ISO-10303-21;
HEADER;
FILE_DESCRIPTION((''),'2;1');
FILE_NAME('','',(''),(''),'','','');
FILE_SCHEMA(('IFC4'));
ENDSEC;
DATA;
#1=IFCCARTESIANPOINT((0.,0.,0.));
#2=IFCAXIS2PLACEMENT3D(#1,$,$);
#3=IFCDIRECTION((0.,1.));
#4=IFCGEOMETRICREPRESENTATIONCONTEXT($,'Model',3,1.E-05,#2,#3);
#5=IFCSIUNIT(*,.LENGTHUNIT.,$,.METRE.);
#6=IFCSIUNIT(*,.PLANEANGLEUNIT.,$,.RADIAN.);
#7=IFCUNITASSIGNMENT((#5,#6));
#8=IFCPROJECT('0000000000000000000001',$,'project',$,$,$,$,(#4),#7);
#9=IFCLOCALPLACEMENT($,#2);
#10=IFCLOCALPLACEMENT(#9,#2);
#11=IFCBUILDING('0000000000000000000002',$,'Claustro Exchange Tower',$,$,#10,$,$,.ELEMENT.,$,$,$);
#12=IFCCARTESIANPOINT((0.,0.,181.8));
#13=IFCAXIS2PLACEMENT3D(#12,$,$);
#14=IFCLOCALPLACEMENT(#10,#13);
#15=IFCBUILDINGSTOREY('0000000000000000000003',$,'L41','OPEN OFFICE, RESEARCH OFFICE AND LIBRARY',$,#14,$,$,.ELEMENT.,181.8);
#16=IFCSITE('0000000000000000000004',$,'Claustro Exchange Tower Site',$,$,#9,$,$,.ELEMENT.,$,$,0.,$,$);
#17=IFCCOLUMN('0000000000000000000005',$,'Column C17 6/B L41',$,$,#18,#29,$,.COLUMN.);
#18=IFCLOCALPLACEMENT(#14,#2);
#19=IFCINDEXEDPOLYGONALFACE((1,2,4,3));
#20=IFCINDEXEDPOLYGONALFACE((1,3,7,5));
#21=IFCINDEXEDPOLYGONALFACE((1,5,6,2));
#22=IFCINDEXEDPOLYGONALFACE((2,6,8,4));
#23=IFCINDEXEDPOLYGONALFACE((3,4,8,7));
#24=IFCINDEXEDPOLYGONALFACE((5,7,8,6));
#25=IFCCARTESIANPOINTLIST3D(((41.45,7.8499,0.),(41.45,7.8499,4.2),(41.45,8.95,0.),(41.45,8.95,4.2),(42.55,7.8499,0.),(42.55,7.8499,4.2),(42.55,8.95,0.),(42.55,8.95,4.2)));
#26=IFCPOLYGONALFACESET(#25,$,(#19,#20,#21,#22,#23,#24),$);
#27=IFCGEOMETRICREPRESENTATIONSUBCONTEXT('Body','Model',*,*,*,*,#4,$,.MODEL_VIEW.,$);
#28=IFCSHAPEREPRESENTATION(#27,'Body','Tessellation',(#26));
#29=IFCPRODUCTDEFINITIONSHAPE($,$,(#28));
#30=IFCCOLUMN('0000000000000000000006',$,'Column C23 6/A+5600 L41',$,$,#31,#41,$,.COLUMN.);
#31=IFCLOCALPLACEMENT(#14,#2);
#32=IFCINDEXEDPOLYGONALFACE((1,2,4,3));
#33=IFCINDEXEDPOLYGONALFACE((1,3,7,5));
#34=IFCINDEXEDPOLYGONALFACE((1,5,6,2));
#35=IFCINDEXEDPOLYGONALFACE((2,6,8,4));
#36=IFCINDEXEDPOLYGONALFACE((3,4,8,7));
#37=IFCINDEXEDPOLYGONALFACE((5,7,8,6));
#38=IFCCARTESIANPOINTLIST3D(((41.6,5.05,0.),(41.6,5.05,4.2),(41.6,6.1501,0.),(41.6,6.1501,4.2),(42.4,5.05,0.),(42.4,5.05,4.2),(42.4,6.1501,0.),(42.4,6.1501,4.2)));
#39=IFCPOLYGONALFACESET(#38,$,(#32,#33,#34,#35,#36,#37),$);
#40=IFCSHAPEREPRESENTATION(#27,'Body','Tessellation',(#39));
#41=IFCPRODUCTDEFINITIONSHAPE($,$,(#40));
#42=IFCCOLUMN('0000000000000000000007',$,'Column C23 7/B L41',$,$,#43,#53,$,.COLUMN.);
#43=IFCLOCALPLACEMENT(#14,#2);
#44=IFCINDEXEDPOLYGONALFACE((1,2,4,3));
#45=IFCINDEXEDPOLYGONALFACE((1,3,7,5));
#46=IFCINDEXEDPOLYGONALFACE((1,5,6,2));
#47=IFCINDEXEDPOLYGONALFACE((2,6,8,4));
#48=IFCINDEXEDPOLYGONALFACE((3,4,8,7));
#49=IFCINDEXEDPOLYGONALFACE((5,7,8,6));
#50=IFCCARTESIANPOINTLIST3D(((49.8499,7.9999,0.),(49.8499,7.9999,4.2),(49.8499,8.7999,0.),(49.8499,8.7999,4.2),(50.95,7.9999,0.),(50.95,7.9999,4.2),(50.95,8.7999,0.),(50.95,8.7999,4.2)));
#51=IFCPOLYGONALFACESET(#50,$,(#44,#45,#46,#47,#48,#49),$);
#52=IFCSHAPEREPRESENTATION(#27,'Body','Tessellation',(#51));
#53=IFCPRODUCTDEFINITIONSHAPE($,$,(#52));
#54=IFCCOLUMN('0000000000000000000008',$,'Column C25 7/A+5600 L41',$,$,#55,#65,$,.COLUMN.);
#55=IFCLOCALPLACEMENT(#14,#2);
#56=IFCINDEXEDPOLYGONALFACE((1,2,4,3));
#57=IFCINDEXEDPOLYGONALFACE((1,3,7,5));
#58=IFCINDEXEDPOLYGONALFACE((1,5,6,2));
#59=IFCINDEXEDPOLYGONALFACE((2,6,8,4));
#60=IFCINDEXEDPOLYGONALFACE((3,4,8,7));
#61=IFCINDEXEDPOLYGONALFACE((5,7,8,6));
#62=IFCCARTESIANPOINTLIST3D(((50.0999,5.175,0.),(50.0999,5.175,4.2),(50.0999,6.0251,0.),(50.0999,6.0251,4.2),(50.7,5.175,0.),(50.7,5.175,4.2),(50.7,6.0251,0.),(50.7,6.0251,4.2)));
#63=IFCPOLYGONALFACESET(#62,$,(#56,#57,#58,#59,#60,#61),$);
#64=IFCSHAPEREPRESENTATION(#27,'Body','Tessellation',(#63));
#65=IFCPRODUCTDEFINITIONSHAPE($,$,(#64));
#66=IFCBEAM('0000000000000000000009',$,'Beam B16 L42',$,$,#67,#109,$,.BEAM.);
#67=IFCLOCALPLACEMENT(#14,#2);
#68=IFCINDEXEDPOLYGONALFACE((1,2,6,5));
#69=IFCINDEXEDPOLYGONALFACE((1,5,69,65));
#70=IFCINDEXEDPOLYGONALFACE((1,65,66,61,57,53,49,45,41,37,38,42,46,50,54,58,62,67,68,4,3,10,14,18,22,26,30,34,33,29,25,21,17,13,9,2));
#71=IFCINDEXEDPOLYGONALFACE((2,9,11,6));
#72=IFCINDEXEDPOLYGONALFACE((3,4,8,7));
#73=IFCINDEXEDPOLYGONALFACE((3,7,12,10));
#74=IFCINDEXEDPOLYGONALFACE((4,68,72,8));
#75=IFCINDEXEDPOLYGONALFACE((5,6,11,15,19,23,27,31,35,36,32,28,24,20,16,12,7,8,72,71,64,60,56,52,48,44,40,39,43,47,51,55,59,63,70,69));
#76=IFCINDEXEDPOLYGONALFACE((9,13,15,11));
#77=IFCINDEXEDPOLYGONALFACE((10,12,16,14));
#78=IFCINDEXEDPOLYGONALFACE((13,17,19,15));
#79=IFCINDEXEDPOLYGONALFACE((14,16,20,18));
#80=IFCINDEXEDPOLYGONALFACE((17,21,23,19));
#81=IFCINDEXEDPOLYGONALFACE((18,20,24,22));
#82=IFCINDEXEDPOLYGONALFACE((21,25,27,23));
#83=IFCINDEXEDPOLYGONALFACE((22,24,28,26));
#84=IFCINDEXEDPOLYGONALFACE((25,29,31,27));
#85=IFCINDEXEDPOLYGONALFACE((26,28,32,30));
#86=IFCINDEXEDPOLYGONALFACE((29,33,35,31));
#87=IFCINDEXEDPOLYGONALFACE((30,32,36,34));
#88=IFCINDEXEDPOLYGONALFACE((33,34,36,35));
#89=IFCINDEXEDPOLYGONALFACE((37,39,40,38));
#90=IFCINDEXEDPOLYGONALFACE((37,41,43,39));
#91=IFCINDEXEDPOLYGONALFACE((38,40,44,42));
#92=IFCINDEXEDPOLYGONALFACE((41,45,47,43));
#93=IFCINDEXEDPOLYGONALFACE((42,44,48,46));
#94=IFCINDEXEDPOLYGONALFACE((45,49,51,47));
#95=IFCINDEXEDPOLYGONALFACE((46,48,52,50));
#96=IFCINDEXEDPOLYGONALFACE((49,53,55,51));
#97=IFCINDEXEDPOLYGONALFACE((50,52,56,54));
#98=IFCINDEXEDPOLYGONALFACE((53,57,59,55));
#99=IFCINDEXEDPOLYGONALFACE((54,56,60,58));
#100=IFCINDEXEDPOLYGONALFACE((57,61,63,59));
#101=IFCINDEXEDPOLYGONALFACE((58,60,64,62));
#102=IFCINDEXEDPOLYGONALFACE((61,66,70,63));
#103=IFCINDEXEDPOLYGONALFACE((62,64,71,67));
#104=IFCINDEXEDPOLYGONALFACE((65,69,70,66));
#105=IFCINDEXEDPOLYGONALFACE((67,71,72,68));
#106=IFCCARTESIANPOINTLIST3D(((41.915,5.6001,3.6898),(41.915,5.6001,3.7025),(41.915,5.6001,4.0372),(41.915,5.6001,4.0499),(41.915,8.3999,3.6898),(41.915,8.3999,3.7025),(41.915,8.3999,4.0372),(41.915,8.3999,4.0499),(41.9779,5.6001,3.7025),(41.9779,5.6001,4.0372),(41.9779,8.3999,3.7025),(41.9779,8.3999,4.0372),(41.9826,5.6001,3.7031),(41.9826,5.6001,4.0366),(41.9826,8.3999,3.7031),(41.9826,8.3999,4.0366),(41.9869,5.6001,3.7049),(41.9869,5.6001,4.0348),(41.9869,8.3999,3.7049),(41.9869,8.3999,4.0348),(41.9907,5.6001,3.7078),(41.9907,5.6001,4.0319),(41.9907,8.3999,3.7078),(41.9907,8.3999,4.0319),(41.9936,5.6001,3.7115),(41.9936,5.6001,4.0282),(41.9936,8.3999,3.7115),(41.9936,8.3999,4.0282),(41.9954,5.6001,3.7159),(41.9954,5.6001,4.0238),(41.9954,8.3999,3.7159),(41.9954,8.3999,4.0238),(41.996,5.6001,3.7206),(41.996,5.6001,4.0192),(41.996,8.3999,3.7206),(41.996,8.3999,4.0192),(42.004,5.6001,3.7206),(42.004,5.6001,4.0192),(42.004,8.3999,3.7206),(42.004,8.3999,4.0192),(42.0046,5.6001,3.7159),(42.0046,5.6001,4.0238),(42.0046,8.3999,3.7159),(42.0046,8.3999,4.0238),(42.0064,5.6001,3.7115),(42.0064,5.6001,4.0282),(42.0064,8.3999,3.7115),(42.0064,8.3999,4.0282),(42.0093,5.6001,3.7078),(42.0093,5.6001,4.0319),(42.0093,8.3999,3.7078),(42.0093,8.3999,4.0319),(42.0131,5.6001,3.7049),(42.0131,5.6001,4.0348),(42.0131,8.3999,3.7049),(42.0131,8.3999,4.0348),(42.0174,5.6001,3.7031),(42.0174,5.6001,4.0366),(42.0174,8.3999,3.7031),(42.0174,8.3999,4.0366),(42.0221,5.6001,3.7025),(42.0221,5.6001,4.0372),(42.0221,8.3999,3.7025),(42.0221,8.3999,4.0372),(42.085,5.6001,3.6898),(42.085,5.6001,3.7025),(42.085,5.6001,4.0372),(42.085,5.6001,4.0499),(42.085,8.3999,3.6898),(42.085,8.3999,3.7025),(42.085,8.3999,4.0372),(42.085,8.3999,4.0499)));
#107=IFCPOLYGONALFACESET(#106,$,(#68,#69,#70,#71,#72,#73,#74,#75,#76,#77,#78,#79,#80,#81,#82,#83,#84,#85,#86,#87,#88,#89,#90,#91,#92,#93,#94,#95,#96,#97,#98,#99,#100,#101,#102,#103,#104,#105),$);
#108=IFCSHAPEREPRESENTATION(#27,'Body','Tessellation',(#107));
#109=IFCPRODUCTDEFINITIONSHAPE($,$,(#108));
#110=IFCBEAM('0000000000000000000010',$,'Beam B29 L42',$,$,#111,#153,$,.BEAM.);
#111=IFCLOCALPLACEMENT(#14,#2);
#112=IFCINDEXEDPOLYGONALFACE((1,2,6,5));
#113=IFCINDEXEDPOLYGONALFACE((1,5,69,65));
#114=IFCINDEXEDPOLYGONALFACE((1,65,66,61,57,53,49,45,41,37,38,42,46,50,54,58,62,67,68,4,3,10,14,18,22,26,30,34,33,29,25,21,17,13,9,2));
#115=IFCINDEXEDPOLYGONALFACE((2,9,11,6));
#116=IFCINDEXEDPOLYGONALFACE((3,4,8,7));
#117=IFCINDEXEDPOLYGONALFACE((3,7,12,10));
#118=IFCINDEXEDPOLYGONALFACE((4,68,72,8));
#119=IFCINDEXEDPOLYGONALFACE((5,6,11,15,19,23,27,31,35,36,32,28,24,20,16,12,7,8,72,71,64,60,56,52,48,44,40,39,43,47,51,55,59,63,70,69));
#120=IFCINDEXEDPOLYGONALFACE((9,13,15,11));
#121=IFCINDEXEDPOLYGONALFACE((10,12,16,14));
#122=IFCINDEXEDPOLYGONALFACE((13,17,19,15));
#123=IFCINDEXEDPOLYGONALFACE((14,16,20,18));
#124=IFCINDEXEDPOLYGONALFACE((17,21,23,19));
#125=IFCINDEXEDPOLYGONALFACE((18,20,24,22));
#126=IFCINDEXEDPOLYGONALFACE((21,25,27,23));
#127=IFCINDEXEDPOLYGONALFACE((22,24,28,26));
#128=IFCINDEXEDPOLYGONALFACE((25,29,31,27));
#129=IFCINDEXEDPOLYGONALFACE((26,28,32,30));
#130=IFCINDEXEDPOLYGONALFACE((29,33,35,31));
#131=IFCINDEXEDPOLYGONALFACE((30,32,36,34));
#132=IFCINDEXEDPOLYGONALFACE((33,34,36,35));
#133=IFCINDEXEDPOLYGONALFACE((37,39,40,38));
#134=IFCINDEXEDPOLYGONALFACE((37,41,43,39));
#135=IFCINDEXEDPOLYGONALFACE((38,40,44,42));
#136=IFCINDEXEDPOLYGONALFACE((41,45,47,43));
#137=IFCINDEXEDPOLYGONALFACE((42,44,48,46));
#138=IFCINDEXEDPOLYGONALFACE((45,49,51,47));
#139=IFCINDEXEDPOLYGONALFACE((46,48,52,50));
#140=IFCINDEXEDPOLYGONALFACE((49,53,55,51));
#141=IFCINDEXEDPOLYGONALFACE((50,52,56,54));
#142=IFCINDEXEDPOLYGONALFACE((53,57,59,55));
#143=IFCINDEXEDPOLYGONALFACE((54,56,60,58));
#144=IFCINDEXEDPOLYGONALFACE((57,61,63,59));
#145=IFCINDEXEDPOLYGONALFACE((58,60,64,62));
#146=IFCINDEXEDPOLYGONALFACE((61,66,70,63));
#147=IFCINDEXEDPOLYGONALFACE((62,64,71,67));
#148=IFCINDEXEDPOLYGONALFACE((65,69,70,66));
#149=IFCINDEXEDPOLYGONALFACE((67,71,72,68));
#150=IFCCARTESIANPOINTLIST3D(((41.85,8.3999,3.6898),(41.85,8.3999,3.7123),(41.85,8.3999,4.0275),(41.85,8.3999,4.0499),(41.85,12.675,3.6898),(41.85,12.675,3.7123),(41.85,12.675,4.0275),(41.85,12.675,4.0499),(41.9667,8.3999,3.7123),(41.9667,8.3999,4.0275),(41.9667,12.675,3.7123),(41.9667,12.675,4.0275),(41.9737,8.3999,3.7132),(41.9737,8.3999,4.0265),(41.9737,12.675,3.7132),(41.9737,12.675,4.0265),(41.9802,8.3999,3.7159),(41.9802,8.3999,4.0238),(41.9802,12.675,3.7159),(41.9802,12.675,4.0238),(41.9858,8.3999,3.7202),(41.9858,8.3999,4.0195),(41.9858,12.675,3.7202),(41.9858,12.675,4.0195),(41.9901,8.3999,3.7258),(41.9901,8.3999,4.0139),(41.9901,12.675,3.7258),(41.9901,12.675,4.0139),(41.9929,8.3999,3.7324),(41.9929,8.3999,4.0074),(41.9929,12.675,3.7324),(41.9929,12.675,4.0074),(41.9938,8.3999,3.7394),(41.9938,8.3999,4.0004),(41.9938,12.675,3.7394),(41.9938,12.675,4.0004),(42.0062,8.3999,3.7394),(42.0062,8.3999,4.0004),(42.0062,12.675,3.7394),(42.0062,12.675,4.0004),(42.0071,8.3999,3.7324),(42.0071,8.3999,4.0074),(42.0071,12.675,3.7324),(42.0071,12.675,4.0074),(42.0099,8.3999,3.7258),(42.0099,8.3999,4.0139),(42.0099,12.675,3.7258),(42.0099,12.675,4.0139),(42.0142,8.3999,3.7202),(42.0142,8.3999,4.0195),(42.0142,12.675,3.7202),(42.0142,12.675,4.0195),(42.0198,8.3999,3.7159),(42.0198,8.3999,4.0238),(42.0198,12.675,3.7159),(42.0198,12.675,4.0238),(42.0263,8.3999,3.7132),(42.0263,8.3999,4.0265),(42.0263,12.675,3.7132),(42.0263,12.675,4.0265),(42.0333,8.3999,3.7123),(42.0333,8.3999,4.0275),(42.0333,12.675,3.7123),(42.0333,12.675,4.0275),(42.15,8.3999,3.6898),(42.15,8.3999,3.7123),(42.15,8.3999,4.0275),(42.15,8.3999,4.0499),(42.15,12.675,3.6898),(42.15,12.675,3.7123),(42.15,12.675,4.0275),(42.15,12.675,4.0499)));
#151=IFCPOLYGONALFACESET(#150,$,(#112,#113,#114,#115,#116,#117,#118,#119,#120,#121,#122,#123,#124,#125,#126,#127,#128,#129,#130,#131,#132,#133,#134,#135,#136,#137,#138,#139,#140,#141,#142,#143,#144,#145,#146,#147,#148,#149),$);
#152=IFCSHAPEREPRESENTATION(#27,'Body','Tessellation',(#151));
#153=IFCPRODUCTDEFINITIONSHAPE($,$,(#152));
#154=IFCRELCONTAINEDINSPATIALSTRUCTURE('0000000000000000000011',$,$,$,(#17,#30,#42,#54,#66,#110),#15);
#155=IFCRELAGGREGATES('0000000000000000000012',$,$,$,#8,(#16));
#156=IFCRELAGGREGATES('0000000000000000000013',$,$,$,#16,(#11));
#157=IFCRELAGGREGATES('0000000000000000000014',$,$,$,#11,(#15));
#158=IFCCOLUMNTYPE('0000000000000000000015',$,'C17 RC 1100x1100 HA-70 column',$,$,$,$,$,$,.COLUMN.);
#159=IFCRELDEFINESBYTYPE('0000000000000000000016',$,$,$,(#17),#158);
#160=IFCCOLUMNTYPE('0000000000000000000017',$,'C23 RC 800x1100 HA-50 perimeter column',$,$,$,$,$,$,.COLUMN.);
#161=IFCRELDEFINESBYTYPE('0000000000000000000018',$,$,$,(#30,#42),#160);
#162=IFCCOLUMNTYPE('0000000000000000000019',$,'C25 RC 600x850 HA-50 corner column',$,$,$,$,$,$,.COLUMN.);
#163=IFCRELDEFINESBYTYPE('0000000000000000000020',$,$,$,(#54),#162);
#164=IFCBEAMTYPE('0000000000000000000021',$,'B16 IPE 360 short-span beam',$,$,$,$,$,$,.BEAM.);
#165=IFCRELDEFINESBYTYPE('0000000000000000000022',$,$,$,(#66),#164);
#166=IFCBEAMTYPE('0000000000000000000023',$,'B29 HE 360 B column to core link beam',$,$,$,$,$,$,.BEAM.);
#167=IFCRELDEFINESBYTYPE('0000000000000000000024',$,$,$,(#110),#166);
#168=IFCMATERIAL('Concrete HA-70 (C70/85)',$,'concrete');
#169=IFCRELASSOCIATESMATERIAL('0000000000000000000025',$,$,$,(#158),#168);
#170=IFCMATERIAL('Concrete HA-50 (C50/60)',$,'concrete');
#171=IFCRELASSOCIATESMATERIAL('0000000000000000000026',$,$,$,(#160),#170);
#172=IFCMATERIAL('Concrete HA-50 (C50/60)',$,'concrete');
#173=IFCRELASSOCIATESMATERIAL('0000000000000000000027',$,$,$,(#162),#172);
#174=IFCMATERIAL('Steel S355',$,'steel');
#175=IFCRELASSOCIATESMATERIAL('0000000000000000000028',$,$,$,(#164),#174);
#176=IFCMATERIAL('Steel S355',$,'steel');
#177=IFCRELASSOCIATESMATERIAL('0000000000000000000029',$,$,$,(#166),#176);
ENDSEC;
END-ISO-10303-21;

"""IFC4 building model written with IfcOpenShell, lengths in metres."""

from ifc_helpers import new_model, si_unit, direction, frame, origin, origin_2d, place, context, subcontext, project, spatial, rectangle, i_section, extrude, material, material_profile, profile_set, type_object, element, save


model = new_model("IFC4")

# Units and contexts
model_context = context("Model", 3, precision=1e-05, world=origin(), true_north=direction((0.0, 1.0)))
body_context = subcontext(model_context, "Body", "Model", "MODEL_VIEW")
ifc_project = project(units=[si_unit("LENGTHUNIT", "METRE"), si_unit("PLANEANGLEUNIT", "RADIAN")], contexts=[model_context])

# Site, building, storey
site_placement = place(None, origin())
site = spatial("IfcSite", under=ifc_project, at=site_placement, Name="Claustro Exchange Tower Site", CompositionType="ELEMENT", RefElevation=0.0)
building_placement = place(site_placement, origin())
building = spatial("IfcBuilding", under=site, at=building_placement, Name="Claustro Exchange Tower", CompositionType="ELEMENT")
storey_placement = place(building_placement, frame((0.0, 0.0, 181.8)))
storey = spatial("IfcBuildingStorey", under=building, at=storey_placement, Name="L41", Description="OPEN OFFICE, RESEARCH OFFICE AND LIBRARY", CompositionType="ELEMENT", Elevation=181.8)

# Columns
ifc_material_1 = material(Name="Concrete HA-70 (C70/85)", Category="concrete")
ifc_material_profile_1 = material_profile(ifc_material_1, rectangle(XDim=1.1001, YDim=1.1001, at=origin_2d()), Name="RC 1100x1100")
ifc_profile_set_1 = profile_set([ifc_material_profile_1], Name="Concrete HA-70 (C70/85)")
column_type_1 = type_object("IfcColumnType", Name="C17 RC 1100x1100 HA-70 column", PredefinedType="COLUMN", material=ifc_profile_set_1)
column_1_placement = place(storey_placement, frame((42.0, 8.3999, 0.0), z_axis=(0.0, 0.0, 1.0), x_axis=(1.0, 0.0, 0.0)))
element("IfcColumn", 1, at=column_1_placement, inside=storey, type_object=column_type_1, Name="Column C17 6/B L41", PredefinedType="COLUMN", context=body_context, shape_type="SweptSolid", body=[
    extrude(rectangle(XDim=1.1001, YDim=1.1001, at=origin_2d()), origin(), (0.0, 0.0, 1.0), 4.2),
])
ifc_material_2 = material(Name="Concrete HA-50 (C50/60)", Category="concrete")
ifc_material_profile_2 = material_profile(ifc_material_2, rectangle(XDim=0.8, YDim=1.1001, at=origin_2d()), Name="RC 800x1100")
ifc_profile_set_2 = profile_set([ifc_material_profile_2], Name="Concrete HA-50 (C50/60)")
column_type_2 = type_object("IfcColumnType", Name="C23 RC 800x1100 HA-50 perimeter column", PredefinedType="COLUMN", material=ifc_profile_set_2)
for number, where, z_axis, x_axis, name in (
    (2, (42.0, 5.6001, 0.0), (0.0, 0.0, 1.0), (1.0, 0.0, 0.0), "Column C23 6/A+5600 L41"),
    (3, (50.3999, 8.3999, 0.0), (0.0, 0.0, 1.0), (0.0, 1.0, 0.0), "Column C23 7/B L41"),
):
    element("IfcColumn", number, at=place(storey_placement, frame(where, z_axis=z_axis, x_axis=x_axis)), inside=storey, type_object=column_type_2, Name=name, PredefinedType="COLUMN", context=body_context, shape_type="SweptSolid", body=[
        extrude(rectangle(XDim=0.8, YDim=1.1001, at=origin_2d()), origin(), (0.0, 0.0, 1.0), 4.2),
    ])
ifc_material_3 = material(Name="Concrete HA-50 (C50/60)", Category="concrete")
ifc_material_profile_3 = material_profile(ifc_material_3, rectangle(XDim=0.6001, YDim=0.8501, at=origin_2d()), Name="RC 600x850")
ifc_profile_set_3 = profile_set([ifc_material_profile_3], Name="Concrete HA-50 (C50/60)")
column_type_3 = type_object("IfcColumnType", Name="C25 RC 600x850 HA-50 corner column", PredefinedType="COLUMN", material=ifc_profile_set_3)
column_2_placement = place(storey_placement, frame((50.3999, 5.6001, 0.0), z_axis=(0.0, 0.0, 1.0), x_axis=(1.0, 0.0, 0.0)))
element("IfcColumn", 4, at=column_2_placement, inside=storey, type_object=column_type_3, Name="Column C25 7/A+5600 L41", PredefinedType="COLUMN", context=body_context, shape_type="SweptSolid", body=[
    extrude(rectangle(XDim=0.6001, YDim=0.8501, at=origin_2d()), origin(), (0.0, 0.0, 1.0), 4.2),
])

# Beams
ifc_material_4 = material(Name="Steel S355", Category="steel")
ifc_material_profile_4 = material_profile(ifc_material_4, i_section(OverallWidth=0.1699, OverallDepth=0.3601, WebThickness=0.0081, FlangeThickness=0.0127, FilletRadius=0.0181, at=origin_2d()), Name="IPE 360")
ifc_profile_set_4 = profile_set([ifc_material_profile_4], Name="Steel S355")
beam_type_1 = type_object("IfcBeamType", Name="B16 IPE 360 short-span beam", PredefinedType="BEAM", material=ifc_profile_set_4)
beam_1_placement = place(storey_placement, frame((42.0, 5.6001, 3.8699), z_axis=(0.0, 1.0, 0.0), x_axis=(-1.0, 0.0, 0.0)))
element("IfcBeam", 5, at=beam_1_placement, inside=storey, type_object=beam_type_1, Name="Beam B16 L42", PredefinedType="BEAM", context=body_context, shape_type="SweptSolid", body=[
    extrude(i_section(OverallWidth=0.1699, OverallDepth=0.3601, WebThickness=0.0081, FlangeThickness=0.0127, FilletRadius=0.0181, at=origin_2d()), origin(), (0.0, 0.0, 1.0), 2.7998),
])
ifc_material_5 = material(Name="Steel S355", Category="steel")
ifc_material_profile_5 = material_profile(ifc_material_5, i_section(OverallWidth=0.3, OverallDepth=0.3601, WebThickness=0.0125, FlangeThickness=0.0225, FilletRadius=0.0271, at=origin_2d()), Name="HE 360 B")
ifc_profile_set_5 = profile_set([ifc_material_profile_5], Name="Steel S355")
beam_type_2 = type_object("IfcBeamType", Name="B29 HE 360 B column to core link beam", PredefinedType="BEAM", material=ifc_profile_set_5)
beam_2_placement = place(storey_placement, frame((42.0, 8.3999, 3.8699), z_axis=(0.0, 1.0, 0.0), x_axis=(-1.0, 0.0, 0.0)))
element("IfcBeam", 6, at=beam_2_placement, inside=storey, type_object=beam_type_2, Name="Beam B29 L42", PredefinedType="BEAM", context=body_context, shape_type="SweptSolid", body=[
    extrude(i_section(OverallWidth=0.3, OverallDepth=0.3601, WebThickness=0.0125, FlangeThickness=0.0225, FilletRadius=0.0271, at=origin_2d()), origin(), (0.0, 0.0, 1.0), 4.2751),
])

save(model, "model.ifc")
